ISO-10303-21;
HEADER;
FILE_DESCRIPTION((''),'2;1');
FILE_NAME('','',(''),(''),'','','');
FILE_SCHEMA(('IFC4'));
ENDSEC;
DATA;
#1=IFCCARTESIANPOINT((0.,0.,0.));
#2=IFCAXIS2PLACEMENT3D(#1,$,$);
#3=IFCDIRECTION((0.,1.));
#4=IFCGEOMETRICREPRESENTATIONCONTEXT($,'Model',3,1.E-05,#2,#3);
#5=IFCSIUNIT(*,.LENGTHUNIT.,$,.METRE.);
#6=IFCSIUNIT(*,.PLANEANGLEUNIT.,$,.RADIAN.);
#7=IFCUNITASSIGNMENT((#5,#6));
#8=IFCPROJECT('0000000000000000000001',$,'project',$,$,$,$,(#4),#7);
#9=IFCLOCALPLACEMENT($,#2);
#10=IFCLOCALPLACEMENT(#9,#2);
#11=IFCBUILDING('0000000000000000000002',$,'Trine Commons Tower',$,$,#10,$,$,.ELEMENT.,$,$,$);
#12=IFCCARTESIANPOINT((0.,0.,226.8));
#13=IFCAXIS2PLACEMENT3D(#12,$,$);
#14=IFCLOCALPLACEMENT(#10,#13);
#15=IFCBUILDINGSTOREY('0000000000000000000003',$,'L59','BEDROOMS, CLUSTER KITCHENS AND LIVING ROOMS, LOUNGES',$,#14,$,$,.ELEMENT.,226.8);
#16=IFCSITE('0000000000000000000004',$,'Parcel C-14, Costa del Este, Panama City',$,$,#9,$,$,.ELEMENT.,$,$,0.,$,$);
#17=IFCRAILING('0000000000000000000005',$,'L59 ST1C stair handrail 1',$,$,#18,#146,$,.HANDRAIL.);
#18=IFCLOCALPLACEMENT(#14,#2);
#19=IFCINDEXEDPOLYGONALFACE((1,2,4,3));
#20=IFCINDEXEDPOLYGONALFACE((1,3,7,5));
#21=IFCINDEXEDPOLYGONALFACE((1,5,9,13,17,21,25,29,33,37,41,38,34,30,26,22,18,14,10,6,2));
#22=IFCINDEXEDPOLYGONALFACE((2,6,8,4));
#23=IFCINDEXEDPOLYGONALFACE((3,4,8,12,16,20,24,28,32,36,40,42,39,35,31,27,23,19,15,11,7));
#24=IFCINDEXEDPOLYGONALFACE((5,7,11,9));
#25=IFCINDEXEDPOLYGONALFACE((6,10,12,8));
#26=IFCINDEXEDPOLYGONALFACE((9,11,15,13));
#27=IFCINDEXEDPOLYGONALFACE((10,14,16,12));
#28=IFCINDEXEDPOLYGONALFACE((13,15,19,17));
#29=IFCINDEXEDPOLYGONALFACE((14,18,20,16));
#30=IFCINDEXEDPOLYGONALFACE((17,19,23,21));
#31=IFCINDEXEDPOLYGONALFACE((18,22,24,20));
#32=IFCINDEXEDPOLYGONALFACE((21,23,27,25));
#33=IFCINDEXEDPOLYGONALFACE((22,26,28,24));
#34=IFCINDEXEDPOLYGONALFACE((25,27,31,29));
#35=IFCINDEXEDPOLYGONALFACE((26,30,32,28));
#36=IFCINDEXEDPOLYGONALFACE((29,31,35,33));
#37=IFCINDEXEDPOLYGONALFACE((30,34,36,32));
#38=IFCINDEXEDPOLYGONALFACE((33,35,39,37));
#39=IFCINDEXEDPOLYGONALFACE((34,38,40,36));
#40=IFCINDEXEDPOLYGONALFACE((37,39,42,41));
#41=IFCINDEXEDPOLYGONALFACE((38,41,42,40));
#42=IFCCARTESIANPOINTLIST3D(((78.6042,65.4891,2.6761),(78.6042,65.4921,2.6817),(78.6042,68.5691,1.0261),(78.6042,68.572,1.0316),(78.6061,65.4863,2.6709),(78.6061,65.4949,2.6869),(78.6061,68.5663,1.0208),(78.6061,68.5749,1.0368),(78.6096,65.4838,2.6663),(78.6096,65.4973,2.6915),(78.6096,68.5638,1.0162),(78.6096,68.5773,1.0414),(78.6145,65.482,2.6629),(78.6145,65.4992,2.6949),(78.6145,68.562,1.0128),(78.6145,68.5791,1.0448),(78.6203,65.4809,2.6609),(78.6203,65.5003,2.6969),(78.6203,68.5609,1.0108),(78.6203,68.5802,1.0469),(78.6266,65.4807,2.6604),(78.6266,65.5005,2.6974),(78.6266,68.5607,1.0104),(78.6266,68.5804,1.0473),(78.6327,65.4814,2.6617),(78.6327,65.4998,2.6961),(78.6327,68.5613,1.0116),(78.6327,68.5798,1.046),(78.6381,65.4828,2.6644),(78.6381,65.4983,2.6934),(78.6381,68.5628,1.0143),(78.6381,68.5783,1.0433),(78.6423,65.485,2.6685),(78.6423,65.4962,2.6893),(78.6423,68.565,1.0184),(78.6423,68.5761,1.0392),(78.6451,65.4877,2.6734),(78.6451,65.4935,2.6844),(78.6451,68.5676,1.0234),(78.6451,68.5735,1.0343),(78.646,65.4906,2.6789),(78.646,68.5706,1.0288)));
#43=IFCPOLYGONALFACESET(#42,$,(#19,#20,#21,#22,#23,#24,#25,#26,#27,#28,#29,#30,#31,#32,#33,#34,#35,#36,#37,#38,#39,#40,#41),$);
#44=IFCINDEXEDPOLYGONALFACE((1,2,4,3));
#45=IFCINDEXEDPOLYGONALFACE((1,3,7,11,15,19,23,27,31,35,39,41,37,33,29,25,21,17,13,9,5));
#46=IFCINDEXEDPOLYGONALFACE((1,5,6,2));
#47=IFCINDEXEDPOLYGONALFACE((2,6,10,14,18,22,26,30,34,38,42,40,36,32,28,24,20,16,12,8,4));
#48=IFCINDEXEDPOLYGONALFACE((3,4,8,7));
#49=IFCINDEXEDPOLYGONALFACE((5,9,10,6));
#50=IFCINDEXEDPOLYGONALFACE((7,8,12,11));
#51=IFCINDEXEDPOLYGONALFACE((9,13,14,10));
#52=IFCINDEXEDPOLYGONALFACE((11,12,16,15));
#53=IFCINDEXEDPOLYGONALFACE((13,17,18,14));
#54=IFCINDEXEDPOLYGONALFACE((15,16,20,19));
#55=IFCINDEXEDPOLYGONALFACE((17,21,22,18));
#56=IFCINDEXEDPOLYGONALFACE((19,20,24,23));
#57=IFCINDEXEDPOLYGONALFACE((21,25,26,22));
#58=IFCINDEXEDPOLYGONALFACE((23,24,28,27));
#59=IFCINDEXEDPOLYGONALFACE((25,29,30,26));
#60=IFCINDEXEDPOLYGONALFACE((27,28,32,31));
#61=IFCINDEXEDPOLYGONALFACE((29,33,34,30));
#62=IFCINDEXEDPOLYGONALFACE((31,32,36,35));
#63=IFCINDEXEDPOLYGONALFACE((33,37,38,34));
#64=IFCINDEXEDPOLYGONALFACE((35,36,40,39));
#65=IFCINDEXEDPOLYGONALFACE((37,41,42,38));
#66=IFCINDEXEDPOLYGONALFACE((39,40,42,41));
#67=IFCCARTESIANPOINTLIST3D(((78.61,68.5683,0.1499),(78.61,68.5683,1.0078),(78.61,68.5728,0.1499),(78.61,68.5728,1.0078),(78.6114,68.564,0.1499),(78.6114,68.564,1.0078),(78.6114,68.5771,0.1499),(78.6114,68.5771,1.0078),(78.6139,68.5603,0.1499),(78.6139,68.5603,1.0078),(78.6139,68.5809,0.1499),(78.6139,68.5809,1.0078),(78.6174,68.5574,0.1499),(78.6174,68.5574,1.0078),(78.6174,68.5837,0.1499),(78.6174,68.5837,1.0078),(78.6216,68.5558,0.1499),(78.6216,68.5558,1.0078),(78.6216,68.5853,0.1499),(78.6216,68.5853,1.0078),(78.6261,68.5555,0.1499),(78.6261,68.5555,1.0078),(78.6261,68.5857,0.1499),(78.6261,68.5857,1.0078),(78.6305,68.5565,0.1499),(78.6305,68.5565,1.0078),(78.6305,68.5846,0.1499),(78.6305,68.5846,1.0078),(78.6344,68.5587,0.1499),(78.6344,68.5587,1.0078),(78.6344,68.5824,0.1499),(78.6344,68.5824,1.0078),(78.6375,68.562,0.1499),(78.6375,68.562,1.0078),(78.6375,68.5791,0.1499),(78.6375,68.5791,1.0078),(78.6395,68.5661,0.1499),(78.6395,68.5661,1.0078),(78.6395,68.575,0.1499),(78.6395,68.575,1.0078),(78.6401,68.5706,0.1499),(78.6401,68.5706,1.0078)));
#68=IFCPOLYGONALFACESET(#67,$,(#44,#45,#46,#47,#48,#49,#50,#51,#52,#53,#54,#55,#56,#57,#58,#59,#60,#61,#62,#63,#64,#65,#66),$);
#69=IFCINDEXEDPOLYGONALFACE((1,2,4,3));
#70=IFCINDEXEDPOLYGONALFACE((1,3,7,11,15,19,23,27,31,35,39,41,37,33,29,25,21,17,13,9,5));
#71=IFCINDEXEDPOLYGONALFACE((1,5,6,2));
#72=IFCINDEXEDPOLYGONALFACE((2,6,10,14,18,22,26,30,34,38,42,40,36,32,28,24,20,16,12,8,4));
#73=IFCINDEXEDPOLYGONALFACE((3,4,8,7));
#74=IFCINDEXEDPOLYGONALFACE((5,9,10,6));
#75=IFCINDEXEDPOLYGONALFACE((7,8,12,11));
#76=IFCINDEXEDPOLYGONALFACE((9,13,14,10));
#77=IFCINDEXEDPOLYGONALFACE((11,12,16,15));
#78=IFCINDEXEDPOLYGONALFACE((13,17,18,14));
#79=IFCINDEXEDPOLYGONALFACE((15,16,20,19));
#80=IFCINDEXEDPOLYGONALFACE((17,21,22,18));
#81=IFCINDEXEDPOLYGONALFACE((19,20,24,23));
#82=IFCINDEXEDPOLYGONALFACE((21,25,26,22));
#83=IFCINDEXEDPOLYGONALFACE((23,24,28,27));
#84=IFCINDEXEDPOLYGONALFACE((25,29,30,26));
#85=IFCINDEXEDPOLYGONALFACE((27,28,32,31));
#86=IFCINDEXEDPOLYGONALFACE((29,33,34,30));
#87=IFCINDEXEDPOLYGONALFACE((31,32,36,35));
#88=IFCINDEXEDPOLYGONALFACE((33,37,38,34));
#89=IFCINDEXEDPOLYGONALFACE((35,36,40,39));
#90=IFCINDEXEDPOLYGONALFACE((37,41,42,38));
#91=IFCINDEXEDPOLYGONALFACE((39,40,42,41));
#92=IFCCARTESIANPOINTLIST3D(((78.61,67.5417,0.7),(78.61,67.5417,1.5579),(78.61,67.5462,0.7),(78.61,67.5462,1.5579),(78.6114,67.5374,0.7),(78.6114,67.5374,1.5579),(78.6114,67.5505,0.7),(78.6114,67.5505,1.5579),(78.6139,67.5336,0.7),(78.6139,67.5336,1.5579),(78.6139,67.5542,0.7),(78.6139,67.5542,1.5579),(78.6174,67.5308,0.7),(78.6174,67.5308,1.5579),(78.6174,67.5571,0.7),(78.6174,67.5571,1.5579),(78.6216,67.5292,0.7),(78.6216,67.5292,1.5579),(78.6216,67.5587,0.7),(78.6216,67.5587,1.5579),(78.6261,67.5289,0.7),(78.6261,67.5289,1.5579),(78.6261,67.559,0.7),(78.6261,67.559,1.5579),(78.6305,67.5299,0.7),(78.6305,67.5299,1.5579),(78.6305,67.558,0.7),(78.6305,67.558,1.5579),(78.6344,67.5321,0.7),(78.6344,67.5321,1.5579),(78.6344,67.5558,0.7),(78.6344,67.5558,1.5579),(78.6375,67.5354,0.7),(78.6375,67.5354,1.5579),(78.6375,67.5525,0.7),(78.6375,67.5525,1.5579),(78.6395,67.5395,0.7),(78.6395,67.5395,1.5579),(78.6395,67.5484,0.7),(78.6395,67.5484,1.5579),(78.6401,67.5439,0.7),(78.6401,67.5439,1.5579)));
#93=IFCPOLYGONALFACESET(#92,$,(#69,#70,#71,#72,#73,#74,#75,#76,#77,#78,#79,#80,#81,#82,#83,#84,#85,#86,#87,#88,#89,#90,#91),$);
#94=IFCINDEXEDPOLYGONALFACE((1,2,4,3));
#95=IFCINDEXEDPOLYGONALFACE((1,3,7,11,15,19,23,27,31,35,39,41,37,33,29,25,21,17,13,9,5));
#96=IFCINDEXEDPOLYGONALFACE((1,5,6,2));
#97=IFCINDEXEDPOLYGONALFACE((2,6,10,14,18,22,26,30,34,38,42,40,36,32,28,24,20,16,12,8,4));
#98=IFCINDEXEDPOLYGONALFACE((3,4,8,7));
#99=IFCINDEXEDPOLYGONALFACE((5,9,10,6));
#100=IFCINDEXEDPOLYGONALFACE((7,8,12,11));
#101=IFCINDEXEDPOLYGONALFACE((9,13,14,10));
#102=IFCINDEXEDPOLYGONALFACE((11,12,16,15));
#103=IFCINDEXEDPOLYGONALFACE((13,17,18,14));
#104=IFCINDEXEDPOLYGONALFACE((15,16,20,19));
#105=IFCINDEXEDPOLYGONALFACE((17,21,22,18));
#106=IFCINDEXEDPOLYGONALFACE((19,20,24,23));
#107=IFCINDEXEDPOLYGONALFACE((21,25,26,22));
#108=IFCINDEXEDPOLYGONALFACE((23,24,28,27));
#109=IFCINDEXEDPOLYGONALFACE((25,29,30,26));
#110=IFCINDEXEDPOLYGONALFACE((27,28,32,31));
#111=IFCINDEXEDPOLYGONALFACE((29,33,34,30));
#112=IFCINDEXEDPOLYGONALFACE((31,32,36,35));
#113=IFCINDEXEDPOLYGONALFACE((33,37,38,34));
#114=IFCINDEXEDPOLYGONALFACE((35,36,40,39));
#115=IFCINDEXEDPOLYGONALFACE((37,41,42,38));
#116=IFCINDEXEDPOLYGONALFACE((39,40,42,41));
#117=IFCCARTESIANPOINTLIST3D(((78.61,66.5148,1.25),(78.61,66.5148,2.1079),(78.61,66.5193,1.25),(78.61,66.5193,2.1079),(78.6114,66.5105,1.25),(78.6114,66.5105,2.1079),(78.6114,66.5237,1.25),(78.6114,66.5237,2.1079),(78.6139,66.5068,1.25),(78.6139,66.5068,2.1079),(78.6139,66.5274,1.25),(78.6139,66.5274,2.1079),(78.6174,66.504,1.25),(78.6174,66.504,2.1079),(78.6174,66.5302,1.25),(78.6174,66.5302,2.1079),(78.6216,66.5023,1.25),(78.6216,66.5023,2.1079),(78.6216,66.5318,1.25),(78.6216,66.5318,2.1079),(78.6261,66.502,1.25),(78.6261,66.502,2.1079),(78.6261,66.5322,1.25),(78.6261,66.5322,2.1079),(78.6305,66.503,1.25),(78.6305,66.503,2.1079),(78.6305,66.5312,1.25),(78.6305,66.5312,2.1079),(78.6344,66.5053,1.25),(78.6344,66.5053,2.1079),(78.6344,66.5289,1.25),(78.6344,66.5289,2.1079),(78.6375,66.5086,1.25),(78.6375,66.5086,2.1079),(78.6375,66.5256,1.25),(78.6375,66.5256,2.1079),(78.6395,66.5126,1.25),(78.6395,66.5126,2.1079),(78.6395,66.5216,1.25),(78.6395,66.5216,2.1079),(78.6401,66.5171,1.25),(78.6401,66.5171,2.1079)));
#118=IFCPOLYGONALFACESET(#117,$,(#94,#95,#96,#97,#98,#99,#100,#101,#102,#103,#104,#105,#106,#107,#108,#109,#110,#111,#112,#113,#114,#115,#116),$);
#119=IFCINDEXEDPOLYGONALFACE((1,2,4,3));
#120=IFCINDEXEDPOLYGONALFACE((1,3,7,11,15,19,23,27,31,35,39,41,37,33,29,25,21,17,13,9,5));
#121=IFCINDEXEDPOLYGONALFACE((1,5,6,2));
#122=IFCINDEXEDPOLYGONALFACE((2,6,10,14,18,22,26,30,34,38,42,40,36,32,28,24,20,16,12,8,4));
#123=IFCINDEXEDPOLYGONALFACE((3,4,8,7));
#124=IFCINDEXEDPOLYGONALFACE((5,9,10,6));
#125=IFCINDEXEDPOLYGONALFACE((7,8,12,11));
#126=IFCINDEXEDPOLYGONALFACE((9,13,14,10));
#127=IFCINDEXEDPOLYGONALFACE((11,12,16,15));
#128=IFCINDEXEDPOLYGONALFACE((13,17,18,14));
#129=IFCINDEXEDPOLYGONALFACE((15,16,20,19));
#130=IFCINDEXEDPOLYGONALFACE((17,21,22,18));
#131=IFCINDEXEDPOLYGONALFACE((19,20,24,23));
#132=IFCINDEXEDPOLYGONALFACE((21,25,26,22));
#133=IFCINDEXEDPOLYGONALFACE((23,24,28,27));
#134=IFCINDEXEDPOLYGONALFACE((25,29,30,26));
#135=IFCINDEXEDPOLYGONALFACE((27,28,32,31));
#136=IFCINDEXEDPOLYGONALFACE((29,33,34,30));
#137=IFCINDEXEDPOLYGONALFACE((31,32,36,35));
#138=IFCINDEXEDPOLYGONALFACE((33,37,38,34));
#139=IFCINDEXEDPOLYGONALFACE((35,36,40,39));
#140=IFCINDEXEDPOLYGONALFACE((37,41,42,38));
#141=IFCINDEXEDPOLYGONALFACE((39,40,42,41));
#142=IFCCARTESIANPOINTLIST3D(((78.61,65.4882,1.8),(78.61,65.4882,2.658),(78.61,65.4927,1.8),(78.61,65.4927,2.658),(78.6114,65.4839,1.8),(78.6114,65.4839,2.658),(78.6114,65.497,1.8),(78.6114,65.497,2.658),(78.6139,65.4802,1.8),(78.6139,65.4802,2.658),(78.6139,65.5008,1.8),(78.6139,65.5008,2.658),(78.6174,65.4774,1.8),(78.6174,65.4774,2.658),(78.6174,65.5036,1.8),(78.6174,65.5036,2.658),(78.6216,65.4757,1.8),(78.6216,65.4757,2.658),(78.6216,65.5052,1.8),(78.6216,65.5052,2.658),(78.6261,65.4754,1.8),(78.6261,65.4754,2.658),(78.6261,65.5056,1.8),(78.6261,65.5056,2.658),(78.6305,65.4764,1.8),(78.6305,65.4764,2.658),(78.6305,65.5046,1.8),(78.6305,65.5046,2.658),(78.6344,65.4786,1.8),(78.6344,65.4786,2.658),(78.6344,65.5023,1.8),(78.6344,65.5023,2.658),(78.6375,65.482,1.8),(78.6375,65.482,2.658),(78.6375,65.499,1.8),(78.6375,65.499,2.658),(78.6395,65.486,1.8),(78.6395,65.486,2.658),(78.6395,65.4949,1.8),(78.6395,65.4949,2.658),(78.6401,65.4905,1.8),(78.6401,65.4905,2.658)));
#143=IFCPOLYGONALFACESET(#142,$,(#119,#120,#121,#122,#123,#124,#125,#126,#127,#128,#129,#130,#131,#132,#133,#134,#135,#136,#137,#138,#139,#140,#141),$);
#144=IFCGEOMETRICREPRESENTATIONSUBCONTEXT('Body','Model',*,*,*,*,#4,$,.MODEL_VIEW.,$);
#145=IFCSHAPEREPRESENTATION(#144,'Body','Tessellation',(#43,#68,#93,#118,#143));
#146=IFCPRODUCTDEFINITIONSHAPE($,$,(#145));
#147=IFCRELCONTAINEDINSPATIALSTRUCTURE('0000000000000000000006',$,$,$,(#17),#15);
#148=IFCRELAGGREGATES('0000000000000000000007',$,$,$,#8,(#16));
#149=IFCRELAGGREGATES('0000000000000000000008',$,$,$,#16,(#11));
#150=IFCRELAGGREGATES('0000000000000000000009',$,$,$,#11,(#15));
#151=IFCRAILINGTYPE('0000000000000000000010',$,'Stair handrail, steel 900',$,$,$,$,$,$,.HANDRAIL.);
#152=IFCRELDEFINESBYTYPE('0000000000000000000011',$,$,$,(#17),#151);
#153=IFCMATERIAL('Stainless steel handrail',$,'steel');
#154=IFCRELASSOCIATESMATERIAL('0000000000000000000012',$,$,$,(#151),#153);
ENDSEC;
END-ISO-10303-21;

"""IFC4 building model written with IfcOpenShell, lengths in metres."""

from ifc_helpers import new_model, si_unit, direction, frame, origin, origin_2d, place, context, subcontext, project, spatial, circle, extrude, material, type_object, element, save


model = new_model("IFC4")

# Units and contexts
model_context = context("Model", 3, precision=1e-05, world=origin(), true_north=direction((0.0, 1.0)))
body_context = subcontext(model_context, "Body", "Model", "MODEL_VIEW")
ifc_project = project(units=[si_unit("LENGTHUNIT", "METRE"), si_unit("PLANEANGLEUNIT", "RADIAN")], contexts=[model_context])

# Site, building, storey
site_placement = place(None, origin())
site = spatial("IfcSite", under=ifc_project, at=site_placement, Name="Parcel C-14, Costa del Este, Panama City", CompositionType="ELEMENT", RefElevation=0.0)
building_placement = place(site_placement, origin())
building = spatial("IfcBuilding", under=site, at=building_placement, Name="Trine Commons Tower", CompositionType="ELEMENT")
storey_placement = place(building_placement, frame((0.0, 0.0, 226.8)))
storey = spatial("IfcBuildingStorey", under=building, at=storey_placement, Name="L59", Description="BEDROOMS, CLUSTER KITCHENS AND LIVING ROOMS, LOUNGES", CompositionType="ELEMENT", Elevation=226.8)

# Railing
ifc_material_1 = material(Name="Stainless steel handrail", Category="steel")
railing_type_1 = type_object("IfcRailingType", Name="Stair handrail, steel 900", PredefinedType="HANDRAIL", material=ifc_material_1)
railing_1_placement = place(storey_placement, frame((78.625, 68.5706, 0.1499)))
element("IfcRailing", 1, at=railing_1_placement, inside=storey, type_object=railing_type_1, Name="L59 ST1C stair handrail 1", PredefinedType="HANDRAIL", context=body_context, shape_type="SweptSolid", body=[
    extrude(circle(Radius=0.021, at=origin_2d()), frame((0.0, 0.0, 0.8789), z_axis=(0.0, -0.881468, 0.472245), x_axis=(1.0, 0.0, 0.0)), (0.0, 0.0, 1.0), 3.4941),
    extrude(circle(Radius=0.0151, at=origin_2d()), origin(), (0.0, 0.0, 1.0), 0.8579),
    extrude(circle(Radius=0.0151, at=origin_2d()), frame((0.0, -1.0266, 0.55)), (0.0, 0.0, 1.0), 0.8579),
    extrude(circle(Radius=0.0151, at=origin_2d()), frame((0.0, -2.0535, 1.1001)), (0.0, 0.0, 1.0), 0.8579),
    extrude(circle(Radius=0.0151, at=origin_2d()), frame((0.0, -3.0801, 1.6501)), (0.0, 0.0, 1.0), 0.8579),
])

save(model, "model.ifc")
